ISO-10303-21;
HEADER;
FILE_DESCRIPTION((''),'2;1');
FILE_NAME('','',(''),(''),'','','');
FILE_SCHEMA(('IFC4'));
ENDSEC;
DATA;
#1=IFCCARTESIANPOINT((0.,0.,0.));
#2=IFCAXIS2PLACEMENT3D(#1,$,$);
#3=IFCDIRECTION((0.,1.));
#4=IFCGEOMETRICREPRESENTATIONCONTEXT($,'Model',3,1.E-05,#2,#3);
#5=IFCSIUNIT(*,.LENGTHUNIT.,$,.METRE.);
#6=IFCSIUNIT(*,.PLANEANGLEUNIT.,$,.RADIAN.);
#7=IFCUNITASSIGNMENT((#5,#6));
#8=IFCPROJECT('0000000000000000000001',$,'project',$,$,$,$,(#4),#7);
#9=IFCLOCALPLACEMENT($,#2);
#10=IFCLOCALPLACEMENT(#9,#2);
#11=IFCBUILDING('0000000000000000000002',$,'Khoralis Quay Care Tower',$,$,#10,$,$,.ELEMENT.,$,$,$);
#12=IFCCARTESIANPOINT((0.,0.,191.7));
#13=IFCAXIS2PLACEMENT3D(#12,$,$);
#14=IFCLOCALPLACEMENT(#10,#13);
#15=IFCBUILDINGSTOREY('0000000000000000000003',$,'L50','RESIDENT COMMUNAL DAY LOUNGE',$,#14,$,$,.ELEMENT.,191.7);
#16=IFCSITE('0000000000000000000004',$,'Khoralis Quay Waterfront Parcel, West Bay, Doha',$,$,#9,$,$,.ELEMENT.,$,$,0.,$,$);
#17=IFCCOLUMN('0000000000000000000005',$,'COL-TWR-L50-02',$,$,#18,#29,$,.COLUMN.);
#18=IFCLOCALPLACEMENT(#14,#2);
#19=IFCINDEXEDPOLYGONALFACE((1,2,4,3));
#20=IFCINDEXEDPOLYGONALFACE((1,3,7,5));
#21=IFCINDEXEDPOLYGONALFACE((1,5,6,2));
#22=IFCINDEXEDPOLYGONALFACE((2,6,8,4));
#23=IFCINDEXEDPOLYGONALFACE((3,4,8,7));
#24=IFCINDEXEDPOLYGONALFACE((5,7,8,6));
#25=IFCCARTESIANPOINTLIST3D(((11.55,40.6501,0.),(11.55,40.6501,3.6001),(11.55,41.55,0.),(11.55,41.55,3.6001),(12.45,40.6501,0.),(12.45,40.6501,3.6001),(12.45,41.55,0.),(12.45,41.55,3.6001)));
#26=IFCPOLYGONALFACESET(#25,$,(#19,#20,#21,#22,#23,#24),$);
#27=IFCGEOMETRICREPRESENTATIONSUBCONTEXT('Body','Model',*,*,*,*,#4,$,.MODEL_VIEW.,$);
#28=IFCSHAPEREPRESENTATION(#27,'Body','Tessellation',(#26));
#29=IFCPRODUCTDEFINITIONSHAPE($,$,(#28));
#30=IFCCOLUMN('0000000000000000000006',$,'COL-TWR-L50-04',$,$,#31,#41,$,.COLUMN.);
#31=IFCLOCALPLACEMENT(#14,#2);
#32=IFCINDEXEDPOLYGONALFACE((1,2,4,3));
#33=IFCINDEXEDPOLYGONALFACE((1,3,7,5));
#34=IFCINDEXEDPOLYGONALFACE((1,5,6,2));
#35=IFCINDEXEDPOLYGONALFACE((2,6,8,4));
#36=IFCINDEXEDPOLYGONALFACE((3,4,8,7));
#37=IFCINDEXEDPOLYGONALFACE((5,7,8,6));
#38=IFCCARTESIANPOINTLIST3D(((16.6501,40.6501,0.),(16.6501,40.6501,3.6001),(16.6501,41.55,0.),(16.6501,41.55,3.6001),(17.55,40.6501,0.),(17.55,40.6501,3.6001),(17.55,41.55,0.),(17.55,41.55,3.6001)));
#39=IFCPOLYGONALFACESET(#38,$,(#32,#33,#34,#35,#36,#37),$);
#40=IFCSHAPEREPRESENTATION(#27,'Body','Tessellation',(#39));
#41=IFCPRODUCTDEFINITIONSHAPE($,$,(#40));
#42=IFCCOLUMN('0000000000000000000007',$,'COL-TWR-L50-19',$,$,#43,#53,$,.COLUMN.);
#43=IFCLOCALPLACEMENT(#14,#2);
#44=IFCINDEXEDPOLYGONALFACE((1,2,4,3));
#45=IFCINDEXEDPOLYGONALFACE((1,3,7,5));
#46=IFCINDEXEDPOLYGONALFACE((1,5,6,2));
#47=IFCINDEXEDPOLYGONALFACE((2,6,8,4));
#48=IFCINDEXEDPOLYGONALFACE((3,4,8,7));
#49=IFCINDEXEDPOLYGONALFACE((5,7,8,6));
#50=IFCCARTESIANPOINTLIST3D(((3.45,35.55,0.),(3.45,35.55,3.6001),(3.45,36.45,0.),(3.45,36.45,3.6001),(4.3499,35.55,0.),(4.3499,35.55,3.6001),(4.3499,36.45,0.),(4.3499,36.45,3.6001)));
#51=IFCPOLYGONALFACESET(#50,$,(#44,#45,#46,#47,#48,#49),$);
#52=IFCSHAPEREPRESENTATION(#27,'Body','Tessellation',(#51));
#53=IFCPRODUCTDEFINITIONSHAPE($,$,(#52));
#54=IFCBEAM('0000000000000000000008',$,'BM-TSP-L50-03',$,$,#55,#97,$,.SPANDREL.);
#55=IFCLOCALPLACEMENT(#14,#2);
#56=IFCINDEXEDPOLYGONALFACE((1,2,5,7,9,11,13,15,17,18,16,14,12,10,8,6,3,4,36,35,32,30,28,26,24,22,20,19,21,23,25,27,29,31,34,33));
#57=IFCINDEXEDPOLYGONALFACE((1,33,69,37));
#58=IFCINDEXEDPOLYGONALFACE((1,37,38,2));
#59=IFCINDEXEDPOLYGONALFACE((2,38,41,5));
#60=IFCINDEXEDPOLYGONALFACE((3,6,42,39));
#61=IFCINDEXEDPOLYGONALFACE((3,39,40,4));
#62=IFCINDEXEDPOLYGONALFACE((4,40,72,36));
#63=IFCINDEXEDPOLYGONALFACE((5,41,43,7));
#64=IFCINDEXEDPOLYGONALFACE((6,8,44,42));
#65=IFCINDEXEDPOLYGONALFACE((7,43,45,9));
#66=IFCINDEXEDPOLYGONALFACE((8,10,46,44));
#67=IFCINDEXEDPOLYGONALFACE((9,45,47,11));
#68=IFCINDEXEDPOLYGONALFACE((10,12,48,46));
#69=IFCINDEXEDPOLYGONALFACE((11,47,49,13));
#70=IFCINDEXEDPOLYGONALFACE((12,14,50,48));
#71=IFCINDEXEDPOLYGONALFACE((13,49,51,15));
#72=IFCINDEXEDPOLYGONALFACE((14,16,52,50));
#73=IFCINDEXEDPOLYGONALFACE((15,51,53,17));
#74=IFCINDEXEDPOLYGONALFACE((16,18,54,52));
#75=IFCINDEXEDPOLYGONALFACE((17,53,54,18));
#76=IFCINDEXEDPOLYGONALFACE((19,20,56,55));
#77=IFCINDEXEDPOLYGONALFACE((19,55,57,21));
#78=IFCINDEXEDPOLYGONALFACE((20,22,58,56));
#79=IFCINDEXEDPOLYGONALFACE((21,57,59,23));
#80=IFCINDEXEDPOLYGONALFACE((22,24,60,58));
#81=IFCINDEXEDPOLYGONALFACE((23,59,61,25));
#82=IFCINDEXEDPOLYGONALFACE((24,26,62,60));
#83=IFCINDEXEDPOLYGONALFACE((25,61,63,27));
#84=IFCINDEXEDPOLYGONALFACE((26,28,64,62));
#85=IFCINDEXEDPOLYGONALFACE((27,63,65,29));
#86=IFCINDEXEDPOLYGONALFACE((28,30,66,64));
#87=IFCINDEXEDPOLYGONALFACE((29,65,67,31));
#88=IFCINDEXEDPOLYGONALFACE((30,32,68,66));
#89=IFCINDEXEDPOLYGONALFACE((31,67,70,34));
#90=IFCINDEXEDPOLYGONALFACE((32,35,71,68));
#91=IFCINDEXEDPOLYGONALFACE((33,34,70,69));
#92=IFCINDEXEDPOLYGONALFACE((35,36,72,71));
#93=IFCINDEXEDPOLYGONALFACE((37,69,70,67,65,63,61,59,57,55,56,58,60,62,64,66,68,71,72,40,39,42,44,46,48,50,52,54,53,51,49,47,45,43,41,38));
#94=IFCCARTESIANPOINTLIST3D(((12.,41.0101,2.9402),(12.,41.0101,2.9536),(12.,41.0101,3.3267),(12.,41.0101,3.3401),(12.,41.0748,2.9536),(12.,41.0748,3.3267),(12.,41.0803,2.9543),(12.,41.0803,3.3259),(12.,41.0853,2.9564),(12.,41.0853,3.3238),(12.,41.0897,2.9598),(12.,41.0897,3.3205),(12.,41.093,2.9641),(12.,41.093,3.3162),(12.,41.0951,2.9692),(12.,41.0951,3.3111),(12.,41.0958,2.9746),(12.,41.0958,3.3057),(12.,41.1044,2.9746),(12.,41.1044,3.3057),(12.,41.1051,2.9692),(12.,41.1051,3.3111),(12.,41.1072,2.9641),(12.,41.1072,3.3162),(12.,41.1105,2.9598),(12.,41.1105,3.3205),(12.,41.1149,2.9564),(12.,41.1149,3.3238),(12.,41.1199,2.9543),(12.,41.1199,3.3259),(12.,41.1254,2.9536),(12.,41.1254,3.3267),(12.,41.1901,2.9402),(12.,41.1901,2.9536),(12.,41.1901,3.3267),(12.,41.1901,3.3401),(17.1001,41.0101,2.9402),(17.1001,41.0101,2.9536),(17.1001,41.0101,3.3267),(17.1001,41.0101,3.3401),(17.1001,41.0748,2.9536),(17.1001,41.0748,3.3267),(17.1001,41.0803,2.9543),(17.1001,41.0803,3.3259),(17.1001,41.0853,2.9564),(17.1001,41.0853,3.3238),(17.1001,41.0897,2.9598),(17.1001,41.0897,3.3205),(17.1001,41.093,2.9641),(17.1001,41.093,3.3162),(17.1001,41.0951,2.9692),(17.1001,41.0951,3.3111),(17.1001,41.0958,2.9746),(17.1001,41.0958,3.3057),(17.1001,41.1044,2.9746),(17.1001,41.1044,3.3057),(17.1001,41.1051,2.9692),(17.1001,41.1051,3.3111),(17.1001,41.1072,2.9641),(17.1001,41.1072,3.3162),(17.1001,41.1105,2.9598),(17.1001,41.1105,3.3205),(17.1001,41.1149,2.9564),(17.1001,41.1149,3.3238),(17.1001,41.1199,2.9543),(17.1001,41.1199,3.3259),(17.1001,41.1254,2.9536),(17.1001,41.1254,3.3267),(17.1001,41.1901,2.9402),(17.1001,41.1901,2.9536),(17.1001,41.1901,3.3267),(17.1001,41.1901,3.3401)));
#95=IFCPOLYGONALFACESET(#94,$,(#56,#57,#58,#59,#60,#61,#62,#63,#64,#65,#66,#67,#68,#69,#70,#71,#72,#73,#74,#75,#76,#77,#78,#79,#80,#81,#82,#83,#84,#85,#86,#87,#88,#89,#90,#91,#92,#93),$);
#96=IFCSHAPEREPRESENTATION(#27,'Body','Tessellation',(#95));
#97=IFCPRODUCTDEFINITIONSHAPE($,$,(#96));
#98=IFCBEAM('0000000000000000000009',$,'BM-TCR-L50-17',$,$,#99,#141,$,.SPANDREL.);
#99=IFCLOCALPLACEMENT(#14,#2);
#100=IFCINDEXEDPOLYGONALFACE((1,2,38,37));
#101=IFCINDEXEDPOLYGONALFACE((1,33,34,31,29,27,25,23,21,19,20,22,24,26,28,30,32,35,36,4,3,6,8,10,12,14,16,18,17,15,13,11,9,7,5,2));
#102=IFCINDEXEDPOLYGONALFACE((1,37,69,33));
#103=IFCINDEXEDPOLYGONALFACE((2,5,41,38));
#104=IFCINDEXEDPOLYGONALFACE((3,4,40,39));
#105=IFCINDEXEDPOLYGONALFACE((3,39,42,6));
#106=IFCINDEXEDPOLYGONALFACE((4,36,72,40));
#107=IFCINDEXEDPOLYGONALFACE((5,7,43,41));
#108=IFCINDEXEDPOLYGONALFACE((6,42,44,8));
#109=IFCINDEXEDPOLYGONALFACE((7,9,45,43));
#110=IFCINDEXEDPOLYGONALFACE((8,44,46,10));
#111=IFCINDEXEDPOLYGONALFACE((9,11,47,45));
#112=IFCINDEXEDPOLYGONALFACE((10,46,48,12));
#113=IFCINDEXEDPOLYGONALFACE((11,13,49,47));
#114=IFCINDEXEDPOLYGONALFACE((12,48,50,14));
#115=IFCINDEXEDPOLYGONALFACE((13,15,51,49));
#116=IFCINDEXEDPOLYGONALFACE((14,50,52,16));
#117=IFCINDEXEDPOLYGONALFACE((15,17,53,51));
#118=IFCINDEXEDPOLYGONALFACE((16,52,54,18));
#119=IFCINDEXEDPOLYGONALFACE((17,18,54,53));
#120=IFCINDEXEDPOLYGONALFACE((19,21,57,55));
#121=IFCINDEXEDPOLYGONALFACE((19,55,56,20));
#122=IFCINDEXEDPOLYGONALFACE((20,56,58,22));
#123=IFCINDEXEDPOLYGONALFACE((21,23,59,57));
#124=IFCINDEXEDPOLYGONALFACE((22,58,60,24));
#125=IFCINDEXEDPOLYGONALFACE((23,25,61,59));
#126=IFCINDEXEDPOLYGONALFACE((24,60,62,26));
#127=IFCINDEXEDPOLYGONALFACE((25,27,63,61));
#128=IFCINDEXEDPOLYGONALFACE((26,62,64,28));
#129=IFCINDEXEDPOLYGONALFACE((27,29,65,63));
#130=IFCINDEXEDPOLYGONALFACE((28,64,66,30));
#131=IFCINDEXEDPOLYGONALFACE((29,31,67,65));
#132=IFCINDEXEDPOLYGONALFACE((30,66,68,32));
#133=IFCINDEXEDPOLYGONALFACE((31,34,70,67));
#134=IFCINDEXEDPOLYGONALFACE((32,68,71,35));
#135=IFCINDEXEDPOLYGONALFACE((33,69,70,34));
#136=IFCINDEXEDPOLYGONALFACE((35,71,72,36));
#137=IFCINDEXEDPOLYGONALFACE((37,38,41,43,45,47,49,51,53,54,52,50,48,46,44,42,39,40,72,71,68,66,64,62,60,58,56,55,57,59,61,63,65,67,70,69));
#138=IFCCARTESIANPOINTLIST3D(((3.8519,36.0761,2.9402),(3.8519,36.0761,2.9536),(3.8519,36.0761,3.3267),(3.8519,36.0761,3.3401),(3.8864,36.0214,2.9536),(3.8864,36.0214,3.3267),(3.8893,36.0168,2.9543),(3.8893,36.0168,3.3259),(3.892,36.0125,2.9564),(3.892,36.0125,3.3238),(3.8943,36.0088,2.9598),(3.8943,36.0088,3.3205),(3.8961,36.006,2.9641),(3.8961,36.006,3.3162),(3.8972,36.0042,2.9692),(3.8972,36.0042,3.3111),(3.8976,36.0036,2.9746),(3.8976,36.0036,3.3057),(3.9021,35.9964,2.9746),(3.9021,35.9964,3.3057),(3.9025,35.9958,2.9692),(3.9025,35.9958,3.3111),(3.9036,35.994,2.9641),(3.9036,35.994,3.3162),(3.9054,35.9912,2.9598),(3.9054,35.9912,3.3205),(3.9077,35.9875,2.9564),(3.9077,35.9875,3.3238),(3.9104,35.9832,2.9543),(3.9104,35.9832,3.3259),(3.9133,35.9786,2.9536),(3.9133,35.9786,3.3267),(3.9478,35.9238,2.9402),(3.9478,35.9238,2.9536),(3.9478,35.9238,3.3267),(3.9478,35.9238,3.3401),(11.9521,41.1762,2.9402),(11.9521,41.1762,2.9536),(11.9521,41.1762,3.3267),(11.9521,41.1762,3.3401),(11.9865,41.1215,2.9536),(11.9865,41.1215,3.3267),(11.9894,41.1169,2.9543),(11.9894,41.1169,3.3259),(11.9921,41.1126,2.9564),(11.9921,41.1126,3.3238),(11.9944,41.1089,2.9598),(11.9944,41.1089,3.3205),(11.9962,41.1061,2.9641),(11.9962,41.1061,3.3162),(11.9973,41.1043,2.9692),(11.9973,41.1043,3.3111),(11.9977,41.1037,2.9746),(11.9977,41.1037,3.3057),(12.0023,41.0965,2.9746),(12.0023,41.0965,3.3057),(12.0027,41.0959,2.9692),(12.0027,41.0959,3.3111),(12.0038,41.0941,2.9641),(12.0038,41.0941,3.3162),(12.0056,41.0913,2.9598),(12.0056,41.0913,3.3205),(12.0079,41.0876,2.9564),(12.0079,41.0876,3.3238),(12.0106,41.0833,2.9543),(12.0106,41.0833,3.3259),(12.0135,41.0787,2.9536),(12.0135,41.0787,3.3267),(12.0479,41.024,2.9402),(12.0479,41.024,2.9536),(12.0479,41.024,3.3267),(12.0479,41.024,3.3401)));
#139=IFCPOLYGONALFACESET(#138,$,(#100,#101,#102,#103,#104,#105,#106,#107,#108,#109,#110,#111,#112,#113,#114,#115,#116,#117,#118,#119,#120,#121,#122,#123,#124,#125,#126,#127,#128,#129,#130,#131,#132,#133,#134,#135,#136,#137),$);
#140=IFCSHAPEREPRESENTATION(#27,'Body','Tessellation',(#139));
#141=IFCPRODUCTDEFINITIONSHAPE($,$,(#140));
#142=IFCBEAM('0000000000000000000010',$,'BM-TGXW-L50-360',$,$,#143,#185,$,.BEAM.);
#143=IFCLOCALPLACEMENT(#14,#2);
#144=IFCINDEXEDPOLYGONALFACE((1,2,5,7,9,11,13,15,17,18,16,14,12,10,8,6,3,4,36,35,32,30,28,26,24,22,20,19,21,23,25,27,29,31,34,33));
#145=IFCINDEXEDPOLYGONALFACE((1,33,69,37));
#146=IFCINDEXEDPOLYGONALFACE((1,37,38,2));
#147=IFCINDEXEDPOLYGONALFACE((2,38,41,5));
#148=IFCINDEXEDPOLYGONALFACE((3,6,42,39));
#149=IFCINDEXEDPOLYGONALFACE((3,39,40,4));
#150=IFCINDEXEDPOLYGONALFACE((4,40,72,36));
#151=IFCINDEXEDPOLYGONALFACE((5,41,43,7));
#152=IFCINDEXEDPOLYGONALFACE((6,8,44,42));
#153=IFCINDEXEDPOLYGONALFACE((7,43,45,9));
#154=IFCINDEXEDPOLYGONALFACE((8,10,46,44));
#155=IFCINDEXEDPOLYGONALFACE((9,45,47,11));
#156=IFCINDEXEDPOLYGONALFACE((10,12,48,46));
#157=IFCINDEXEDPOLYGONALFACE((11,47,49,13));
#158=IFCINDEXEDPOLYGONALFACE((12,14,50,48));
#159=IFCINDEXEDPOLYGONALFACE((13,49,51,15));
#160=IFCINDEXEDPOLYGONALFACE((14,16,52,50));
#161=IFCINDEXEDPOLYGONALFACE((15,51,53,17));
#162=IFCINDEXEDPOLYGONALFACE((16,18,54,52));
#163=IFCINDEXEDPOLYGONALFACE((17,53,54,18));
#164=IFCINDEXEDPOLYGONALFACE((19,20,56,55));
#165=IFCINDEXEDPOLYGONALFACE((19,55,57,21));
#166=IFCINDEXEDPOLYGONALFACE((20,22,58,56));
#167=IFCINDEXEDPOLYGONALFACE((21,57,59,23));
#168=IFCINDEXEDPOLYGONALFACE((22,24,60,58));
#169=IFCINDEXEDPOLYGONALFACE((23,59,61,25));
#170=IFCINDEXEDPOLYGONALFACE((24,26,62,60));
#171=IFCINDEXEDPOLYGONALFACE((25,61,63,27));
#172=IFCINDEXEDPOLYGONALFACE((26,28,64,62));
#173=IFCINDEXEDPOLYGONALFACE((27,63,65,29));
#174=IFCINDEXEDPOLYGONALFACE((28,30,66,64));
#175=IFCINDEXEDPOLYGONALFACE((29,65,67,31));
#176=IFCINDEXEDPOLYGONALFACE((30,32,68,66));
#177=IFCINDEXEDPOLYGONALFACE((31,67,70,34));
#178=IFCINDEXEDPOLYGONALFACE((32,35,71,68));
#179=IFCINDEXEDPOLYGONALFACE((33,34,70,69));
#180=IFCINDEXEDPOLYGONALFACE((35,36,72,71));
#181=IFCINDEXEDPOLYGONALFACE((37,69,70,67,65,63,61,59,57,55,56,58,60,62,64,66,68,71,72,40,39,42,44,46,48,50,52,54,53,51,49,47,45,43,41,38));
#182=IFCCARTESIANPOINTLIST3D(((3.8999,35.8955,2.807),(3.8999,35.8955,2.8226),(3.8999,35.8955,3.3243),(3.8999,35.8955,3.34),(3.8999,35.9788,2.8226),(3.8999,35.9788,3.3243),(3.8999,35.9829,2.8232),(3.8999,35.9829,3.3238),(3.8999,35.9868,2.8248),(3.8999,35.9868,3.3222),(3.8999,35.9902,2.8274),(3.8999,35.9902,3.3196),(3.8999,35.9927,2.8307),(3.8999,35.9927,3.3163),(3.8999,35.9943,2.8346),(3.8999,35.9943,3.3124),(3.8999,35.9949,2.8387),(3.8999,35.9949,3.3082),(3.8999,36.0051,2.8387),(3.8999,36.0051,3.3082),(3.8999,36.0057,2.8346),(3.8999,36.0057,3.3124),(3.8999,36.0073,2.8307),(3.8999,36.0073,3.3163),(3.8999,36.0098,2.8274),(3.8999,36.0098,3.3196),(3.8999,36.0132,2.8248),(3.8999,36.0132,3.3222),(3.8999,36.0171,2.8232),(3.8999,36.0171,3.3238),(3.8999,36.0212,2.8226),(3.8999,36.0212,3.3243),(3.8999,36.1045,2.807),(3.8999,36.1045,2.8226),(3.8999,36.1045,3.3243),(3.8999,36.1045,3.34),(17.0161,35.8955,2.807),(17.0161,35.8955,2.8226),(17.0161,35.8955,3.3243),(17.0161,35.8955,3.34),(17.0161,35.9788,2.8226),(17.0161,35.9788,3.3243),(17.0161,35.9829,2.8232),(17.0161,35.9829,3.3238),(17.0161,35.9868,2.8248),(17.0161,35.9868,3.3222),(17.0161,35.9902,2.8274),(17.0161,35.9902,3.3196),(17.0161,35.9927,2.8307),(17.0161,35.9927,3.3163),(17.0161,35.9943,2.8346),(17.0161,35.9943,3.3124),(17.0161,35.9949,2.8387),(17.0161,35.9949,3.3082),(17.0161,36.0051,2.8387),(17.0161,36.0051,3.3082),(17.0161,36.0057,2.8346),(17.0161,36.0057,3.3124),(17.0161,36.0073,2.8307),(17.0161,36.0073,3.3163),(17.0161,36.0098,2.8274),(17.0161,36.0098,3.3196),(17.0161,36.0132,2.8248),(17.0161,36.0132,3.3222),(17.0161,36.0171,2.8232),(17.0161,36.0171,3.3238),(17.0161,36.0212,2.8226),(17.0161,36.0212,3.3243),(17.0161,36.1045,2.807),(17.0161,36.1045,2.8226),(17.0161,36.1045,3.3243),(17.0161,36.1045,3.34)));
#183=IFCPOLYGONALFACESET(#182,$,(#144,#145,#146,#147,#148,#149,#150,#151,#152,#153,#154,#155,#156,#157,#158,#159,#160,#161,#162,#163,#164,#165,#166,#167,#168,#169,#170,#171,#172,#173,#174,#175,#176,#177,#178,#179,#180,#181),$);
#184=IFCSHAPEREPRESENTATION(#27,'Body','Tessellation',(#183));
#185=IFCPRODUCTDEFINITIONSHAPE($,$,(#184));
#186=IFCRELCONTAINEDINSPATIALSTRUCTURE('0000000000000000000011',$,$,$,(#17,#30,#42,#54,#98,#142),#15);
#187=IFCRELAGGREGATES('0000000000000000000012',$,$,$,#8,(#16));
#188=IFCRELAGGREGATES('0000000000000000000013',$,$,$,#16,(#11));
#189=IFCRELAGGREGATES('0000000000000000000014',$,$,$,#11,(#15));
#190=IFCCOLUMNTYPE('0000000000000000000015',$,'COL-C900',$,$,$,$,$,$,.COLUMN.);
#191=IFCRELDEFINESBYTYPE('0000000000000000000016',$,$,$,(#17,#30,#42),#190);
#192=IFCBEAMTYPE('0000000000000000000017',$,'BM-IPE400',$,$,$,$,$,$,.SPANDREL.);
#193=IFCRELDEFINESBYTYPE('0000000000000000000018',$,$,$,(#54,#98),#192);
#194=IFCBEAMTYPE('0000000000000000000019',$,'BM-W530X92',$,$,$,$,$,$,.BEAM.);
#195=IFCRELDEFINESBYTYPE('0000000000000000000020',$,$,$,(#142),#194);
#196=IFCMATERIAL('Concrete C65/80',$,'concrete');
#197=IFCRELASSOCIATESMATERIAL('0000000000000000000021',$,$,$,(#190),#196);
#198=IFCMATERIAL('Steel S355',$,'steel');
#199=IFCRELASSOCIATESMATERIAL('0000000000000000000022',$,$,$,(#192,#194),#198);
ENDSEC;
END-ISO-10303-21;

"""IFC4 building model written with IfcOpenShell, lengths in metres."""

from ifc_helpers import new_model, si_unit, direction, frame, origin, origin_2d, place, context, subcontext, project, spatial, rectangle, i_section, extrude, source, transform, mapped, material, material_profile, profile_set, type_object, element, save


model = new_model("IFC4")

# Units and contexts
model_context = context("Model", 3, precision=1e-05, world=origin(), true_north=direction((0.0, 1.0)))
body_context = subcontext(model_context, "Body", "Model", "MODEL_VIEW")
ifc_project = project(units=[si_unit("LENGTHUNIT", "METRE"), si_unit("PLANEANGLEUNIT", "RADIAN")], contexts=[model_context])

# Site, building, storey
site_placement = place(None, origin())
site = spatial("IfcSite", under=ifc_project, at=site_placement, Name="Khoralis Quay Waterfront Parcel, West Bay, Doha", CompositionType="ELEMENT", RefElevation=0.0)
building_placement = place(site_placement, origin())
building = spatial("IfcBuilding", under=site, at=building_placement, Name="Khoralis Quay Care Tower", CompositionType="ELEMENT")
storey_placement = place(building_placement, frame((0.0, 0.0, 191.7)))
storey = spatial("IfcBuildingStorey", under=building, at=storey_placement, Name="L50", Description="RESIDENT COMMUNAL DAY LOUNGE", CompositionType="ELEMENT", Elevation=191.7)

# Columns
ifc_material_1 = material(Name="Concrete C65/80", Category="concrete")
ifc_material_profile_1 = material_profile(ifc_material_1, rectangle(XDim=0.8999, YDim=0.8999, at=origin_2d()), Name="Concrete C65/80")
ifc_profile_set_1 = profile_set([ifc_material_profile_1], Name="Concrete C65/80")
column_type = type_object("IfcColumnType", Name="COL-C900", PredefinedType="COLUMN", material=ifc_profile_set_1)
shared_shape_1 = source(origin(), body_context, "Body", "SweptSolid", [
    extrude(rectangle(XDim=0.8999, YDim=0.8999, at=origin_2d()), origin(), (0.0, 0.0, 1.0), 3.6001),
])
for number, where, z_axis, x_axis, name in (
    (1, (12.0, 41.1001, 0.0), (0.0, 0.0, 1.0), (1.0, 0.0, 0.0), "COL-TWR-L50-02"),
    (2, (17.1001, 41.1001, 0.0), (0.0, 0.0, 1.0), (1.0, 0.0, 0.0), "COL-TWR-L50-04"),
    (3, (3.8999, 36.0, 0.0), (0.0, 0.0, 1.0), (1.0, 0.0, 0.0), "COL-TWR-L50-19"),
):
    element("IfcColumn", number, at=place(storey_placement, frame(where, z_axis=z_axis, x_axis=x_axis)), inside=storey, type_object=column_type, Name=name, PredefinedType="COLUMN", context=body_context, shape_type="MappedRepresentation", body=[
        mapped(shared_shape_1, transform((0.0, 0.0, 0.0), scale=1.0)),
    ])

# Beams
ifc_material_2 = material(Name="Steel S355", Category="steel")
ifc_material_profile_2 = material_profile(ifc_material_2, i_section(OverallWidth=0.1799, OverallDepth=0.3999, WebThickness=0.0085, FlangeThickness=0.0134, FilletRadius=0.021, at=origin_2d()), Name="Steel S355")
ifc_profile_set_2 = profile_set([ifc_material_profile_2], Name="Steel S355")
beam_type_1 = type_object("IfcBeamType", Name="BM-IPE400", PredefinedType="SPANDREL", material=ifc_profile_set_2)
shared_shape_2 = source(origin(), body_context, "Body", "SweptSolid", [
    extrude(i_section(OverallWidth=0.1799, OverallDepth=0.3999, WebThickness=0.0085, FlangeThickness=0.0134, FilletRadius=0.021, at=origin_2d()), origin(), (0.0, 0.0, 1.0), 5.1001),
])
beam_1_placement = place(storey_placement, frame((12.0, 41.1001, 3.1401), z_axis=(1.0, 0.0, 0.0), x_axis=(0.0, 1.0, 0.0)))
element("IfcBeam", 4, at=beam_1_placement, inside=storey, type_object=beam_type_1, Name="BM-TSP-L50-03", PredefinedType="SPANDREL", context=body_context, shape_type="MappedRepresentation", body=[
    mapped(shared_shape_2, transform((0.0, 0.0, 0.0), scale=1.0)),
])
shared_shape_3 = source(origin(), body_context, "Body", "SweptSolid", [
    extrude(i_section(OverallWidth=0.1799, OverallDepth=0.3999, WebThickness=0.0085, FlangeThickness=0.0134, FilletRadius=0.021, at=origin_2d()), origin(), (0.0, 0.0, 1.0), 9.572),
])
beam_2_placement = place(storey_placement, frame((12.0, 41.1001, 3.1401), z_axis=(-0.846231, -0.532816, 0.0), x_axis=(0.532816, -0.846231, 0.0)))
element("IfcBeam", 5, at=beam_2_placement, inside=storey, type_object=beam_type_1, Name="BM-TCR-L50-17", PredefinedType="SPANDREL", context=body_context, shape_type="MappedRepresentation", body=[
    mapped(shared_shape_3, transform((0.0, 0.0, 0.0), scale=1.0)),
])
ifc_material_profile_3 = material_profile(ifc_material_2, i_section(OverallWidth=0.209, OverallDepth=0.533, WebThickness=0.0103, FlangeThickness=0.0156, FilletRadius=0.0161, at=origin_2d()), Name="Steel S355")
ifc_profile_set_3 = profile_set([ifc_material_profile_3], Name="Steel S355")
beam_type_2 = type_object("IfcBeamType", Name="BM-W530X92", PredefinedType="BEAM", material=ifc_profile_set_3)
shared_shape_4 = source(origin(), body_context, "Body", "SweptSolid", [
    extrude(i_section(OverallWidth=0.209, OverallDepth=0.533, WebThickness=0.0103, FlangeThickness=0.0156, FilletRadius=0.0161, at=origin_2d()), origin(), (0.0, 0.0, 1.0), 13.1162),
])
beam_3_placement = place(storey_placement, frame((3.8999, 36.0, 3.0735), z_axis=(1.0, 0.0, 0.0), x_axis=(0.0, 1.0, 0.0)))
element("IfcBeam", 6, at=beam_3_placement, inside=storey, type_object=beam_type_2, Name="BM-TGXW-L50-360", PredefinedType="BEAM", context=body_context, shape_type="MappedRepresentation", body=[
    mapped(shared_shape_4, transform((0.0, 0.0, 0.0), scale=1.0)),
])

save(model, "model.ifc")
